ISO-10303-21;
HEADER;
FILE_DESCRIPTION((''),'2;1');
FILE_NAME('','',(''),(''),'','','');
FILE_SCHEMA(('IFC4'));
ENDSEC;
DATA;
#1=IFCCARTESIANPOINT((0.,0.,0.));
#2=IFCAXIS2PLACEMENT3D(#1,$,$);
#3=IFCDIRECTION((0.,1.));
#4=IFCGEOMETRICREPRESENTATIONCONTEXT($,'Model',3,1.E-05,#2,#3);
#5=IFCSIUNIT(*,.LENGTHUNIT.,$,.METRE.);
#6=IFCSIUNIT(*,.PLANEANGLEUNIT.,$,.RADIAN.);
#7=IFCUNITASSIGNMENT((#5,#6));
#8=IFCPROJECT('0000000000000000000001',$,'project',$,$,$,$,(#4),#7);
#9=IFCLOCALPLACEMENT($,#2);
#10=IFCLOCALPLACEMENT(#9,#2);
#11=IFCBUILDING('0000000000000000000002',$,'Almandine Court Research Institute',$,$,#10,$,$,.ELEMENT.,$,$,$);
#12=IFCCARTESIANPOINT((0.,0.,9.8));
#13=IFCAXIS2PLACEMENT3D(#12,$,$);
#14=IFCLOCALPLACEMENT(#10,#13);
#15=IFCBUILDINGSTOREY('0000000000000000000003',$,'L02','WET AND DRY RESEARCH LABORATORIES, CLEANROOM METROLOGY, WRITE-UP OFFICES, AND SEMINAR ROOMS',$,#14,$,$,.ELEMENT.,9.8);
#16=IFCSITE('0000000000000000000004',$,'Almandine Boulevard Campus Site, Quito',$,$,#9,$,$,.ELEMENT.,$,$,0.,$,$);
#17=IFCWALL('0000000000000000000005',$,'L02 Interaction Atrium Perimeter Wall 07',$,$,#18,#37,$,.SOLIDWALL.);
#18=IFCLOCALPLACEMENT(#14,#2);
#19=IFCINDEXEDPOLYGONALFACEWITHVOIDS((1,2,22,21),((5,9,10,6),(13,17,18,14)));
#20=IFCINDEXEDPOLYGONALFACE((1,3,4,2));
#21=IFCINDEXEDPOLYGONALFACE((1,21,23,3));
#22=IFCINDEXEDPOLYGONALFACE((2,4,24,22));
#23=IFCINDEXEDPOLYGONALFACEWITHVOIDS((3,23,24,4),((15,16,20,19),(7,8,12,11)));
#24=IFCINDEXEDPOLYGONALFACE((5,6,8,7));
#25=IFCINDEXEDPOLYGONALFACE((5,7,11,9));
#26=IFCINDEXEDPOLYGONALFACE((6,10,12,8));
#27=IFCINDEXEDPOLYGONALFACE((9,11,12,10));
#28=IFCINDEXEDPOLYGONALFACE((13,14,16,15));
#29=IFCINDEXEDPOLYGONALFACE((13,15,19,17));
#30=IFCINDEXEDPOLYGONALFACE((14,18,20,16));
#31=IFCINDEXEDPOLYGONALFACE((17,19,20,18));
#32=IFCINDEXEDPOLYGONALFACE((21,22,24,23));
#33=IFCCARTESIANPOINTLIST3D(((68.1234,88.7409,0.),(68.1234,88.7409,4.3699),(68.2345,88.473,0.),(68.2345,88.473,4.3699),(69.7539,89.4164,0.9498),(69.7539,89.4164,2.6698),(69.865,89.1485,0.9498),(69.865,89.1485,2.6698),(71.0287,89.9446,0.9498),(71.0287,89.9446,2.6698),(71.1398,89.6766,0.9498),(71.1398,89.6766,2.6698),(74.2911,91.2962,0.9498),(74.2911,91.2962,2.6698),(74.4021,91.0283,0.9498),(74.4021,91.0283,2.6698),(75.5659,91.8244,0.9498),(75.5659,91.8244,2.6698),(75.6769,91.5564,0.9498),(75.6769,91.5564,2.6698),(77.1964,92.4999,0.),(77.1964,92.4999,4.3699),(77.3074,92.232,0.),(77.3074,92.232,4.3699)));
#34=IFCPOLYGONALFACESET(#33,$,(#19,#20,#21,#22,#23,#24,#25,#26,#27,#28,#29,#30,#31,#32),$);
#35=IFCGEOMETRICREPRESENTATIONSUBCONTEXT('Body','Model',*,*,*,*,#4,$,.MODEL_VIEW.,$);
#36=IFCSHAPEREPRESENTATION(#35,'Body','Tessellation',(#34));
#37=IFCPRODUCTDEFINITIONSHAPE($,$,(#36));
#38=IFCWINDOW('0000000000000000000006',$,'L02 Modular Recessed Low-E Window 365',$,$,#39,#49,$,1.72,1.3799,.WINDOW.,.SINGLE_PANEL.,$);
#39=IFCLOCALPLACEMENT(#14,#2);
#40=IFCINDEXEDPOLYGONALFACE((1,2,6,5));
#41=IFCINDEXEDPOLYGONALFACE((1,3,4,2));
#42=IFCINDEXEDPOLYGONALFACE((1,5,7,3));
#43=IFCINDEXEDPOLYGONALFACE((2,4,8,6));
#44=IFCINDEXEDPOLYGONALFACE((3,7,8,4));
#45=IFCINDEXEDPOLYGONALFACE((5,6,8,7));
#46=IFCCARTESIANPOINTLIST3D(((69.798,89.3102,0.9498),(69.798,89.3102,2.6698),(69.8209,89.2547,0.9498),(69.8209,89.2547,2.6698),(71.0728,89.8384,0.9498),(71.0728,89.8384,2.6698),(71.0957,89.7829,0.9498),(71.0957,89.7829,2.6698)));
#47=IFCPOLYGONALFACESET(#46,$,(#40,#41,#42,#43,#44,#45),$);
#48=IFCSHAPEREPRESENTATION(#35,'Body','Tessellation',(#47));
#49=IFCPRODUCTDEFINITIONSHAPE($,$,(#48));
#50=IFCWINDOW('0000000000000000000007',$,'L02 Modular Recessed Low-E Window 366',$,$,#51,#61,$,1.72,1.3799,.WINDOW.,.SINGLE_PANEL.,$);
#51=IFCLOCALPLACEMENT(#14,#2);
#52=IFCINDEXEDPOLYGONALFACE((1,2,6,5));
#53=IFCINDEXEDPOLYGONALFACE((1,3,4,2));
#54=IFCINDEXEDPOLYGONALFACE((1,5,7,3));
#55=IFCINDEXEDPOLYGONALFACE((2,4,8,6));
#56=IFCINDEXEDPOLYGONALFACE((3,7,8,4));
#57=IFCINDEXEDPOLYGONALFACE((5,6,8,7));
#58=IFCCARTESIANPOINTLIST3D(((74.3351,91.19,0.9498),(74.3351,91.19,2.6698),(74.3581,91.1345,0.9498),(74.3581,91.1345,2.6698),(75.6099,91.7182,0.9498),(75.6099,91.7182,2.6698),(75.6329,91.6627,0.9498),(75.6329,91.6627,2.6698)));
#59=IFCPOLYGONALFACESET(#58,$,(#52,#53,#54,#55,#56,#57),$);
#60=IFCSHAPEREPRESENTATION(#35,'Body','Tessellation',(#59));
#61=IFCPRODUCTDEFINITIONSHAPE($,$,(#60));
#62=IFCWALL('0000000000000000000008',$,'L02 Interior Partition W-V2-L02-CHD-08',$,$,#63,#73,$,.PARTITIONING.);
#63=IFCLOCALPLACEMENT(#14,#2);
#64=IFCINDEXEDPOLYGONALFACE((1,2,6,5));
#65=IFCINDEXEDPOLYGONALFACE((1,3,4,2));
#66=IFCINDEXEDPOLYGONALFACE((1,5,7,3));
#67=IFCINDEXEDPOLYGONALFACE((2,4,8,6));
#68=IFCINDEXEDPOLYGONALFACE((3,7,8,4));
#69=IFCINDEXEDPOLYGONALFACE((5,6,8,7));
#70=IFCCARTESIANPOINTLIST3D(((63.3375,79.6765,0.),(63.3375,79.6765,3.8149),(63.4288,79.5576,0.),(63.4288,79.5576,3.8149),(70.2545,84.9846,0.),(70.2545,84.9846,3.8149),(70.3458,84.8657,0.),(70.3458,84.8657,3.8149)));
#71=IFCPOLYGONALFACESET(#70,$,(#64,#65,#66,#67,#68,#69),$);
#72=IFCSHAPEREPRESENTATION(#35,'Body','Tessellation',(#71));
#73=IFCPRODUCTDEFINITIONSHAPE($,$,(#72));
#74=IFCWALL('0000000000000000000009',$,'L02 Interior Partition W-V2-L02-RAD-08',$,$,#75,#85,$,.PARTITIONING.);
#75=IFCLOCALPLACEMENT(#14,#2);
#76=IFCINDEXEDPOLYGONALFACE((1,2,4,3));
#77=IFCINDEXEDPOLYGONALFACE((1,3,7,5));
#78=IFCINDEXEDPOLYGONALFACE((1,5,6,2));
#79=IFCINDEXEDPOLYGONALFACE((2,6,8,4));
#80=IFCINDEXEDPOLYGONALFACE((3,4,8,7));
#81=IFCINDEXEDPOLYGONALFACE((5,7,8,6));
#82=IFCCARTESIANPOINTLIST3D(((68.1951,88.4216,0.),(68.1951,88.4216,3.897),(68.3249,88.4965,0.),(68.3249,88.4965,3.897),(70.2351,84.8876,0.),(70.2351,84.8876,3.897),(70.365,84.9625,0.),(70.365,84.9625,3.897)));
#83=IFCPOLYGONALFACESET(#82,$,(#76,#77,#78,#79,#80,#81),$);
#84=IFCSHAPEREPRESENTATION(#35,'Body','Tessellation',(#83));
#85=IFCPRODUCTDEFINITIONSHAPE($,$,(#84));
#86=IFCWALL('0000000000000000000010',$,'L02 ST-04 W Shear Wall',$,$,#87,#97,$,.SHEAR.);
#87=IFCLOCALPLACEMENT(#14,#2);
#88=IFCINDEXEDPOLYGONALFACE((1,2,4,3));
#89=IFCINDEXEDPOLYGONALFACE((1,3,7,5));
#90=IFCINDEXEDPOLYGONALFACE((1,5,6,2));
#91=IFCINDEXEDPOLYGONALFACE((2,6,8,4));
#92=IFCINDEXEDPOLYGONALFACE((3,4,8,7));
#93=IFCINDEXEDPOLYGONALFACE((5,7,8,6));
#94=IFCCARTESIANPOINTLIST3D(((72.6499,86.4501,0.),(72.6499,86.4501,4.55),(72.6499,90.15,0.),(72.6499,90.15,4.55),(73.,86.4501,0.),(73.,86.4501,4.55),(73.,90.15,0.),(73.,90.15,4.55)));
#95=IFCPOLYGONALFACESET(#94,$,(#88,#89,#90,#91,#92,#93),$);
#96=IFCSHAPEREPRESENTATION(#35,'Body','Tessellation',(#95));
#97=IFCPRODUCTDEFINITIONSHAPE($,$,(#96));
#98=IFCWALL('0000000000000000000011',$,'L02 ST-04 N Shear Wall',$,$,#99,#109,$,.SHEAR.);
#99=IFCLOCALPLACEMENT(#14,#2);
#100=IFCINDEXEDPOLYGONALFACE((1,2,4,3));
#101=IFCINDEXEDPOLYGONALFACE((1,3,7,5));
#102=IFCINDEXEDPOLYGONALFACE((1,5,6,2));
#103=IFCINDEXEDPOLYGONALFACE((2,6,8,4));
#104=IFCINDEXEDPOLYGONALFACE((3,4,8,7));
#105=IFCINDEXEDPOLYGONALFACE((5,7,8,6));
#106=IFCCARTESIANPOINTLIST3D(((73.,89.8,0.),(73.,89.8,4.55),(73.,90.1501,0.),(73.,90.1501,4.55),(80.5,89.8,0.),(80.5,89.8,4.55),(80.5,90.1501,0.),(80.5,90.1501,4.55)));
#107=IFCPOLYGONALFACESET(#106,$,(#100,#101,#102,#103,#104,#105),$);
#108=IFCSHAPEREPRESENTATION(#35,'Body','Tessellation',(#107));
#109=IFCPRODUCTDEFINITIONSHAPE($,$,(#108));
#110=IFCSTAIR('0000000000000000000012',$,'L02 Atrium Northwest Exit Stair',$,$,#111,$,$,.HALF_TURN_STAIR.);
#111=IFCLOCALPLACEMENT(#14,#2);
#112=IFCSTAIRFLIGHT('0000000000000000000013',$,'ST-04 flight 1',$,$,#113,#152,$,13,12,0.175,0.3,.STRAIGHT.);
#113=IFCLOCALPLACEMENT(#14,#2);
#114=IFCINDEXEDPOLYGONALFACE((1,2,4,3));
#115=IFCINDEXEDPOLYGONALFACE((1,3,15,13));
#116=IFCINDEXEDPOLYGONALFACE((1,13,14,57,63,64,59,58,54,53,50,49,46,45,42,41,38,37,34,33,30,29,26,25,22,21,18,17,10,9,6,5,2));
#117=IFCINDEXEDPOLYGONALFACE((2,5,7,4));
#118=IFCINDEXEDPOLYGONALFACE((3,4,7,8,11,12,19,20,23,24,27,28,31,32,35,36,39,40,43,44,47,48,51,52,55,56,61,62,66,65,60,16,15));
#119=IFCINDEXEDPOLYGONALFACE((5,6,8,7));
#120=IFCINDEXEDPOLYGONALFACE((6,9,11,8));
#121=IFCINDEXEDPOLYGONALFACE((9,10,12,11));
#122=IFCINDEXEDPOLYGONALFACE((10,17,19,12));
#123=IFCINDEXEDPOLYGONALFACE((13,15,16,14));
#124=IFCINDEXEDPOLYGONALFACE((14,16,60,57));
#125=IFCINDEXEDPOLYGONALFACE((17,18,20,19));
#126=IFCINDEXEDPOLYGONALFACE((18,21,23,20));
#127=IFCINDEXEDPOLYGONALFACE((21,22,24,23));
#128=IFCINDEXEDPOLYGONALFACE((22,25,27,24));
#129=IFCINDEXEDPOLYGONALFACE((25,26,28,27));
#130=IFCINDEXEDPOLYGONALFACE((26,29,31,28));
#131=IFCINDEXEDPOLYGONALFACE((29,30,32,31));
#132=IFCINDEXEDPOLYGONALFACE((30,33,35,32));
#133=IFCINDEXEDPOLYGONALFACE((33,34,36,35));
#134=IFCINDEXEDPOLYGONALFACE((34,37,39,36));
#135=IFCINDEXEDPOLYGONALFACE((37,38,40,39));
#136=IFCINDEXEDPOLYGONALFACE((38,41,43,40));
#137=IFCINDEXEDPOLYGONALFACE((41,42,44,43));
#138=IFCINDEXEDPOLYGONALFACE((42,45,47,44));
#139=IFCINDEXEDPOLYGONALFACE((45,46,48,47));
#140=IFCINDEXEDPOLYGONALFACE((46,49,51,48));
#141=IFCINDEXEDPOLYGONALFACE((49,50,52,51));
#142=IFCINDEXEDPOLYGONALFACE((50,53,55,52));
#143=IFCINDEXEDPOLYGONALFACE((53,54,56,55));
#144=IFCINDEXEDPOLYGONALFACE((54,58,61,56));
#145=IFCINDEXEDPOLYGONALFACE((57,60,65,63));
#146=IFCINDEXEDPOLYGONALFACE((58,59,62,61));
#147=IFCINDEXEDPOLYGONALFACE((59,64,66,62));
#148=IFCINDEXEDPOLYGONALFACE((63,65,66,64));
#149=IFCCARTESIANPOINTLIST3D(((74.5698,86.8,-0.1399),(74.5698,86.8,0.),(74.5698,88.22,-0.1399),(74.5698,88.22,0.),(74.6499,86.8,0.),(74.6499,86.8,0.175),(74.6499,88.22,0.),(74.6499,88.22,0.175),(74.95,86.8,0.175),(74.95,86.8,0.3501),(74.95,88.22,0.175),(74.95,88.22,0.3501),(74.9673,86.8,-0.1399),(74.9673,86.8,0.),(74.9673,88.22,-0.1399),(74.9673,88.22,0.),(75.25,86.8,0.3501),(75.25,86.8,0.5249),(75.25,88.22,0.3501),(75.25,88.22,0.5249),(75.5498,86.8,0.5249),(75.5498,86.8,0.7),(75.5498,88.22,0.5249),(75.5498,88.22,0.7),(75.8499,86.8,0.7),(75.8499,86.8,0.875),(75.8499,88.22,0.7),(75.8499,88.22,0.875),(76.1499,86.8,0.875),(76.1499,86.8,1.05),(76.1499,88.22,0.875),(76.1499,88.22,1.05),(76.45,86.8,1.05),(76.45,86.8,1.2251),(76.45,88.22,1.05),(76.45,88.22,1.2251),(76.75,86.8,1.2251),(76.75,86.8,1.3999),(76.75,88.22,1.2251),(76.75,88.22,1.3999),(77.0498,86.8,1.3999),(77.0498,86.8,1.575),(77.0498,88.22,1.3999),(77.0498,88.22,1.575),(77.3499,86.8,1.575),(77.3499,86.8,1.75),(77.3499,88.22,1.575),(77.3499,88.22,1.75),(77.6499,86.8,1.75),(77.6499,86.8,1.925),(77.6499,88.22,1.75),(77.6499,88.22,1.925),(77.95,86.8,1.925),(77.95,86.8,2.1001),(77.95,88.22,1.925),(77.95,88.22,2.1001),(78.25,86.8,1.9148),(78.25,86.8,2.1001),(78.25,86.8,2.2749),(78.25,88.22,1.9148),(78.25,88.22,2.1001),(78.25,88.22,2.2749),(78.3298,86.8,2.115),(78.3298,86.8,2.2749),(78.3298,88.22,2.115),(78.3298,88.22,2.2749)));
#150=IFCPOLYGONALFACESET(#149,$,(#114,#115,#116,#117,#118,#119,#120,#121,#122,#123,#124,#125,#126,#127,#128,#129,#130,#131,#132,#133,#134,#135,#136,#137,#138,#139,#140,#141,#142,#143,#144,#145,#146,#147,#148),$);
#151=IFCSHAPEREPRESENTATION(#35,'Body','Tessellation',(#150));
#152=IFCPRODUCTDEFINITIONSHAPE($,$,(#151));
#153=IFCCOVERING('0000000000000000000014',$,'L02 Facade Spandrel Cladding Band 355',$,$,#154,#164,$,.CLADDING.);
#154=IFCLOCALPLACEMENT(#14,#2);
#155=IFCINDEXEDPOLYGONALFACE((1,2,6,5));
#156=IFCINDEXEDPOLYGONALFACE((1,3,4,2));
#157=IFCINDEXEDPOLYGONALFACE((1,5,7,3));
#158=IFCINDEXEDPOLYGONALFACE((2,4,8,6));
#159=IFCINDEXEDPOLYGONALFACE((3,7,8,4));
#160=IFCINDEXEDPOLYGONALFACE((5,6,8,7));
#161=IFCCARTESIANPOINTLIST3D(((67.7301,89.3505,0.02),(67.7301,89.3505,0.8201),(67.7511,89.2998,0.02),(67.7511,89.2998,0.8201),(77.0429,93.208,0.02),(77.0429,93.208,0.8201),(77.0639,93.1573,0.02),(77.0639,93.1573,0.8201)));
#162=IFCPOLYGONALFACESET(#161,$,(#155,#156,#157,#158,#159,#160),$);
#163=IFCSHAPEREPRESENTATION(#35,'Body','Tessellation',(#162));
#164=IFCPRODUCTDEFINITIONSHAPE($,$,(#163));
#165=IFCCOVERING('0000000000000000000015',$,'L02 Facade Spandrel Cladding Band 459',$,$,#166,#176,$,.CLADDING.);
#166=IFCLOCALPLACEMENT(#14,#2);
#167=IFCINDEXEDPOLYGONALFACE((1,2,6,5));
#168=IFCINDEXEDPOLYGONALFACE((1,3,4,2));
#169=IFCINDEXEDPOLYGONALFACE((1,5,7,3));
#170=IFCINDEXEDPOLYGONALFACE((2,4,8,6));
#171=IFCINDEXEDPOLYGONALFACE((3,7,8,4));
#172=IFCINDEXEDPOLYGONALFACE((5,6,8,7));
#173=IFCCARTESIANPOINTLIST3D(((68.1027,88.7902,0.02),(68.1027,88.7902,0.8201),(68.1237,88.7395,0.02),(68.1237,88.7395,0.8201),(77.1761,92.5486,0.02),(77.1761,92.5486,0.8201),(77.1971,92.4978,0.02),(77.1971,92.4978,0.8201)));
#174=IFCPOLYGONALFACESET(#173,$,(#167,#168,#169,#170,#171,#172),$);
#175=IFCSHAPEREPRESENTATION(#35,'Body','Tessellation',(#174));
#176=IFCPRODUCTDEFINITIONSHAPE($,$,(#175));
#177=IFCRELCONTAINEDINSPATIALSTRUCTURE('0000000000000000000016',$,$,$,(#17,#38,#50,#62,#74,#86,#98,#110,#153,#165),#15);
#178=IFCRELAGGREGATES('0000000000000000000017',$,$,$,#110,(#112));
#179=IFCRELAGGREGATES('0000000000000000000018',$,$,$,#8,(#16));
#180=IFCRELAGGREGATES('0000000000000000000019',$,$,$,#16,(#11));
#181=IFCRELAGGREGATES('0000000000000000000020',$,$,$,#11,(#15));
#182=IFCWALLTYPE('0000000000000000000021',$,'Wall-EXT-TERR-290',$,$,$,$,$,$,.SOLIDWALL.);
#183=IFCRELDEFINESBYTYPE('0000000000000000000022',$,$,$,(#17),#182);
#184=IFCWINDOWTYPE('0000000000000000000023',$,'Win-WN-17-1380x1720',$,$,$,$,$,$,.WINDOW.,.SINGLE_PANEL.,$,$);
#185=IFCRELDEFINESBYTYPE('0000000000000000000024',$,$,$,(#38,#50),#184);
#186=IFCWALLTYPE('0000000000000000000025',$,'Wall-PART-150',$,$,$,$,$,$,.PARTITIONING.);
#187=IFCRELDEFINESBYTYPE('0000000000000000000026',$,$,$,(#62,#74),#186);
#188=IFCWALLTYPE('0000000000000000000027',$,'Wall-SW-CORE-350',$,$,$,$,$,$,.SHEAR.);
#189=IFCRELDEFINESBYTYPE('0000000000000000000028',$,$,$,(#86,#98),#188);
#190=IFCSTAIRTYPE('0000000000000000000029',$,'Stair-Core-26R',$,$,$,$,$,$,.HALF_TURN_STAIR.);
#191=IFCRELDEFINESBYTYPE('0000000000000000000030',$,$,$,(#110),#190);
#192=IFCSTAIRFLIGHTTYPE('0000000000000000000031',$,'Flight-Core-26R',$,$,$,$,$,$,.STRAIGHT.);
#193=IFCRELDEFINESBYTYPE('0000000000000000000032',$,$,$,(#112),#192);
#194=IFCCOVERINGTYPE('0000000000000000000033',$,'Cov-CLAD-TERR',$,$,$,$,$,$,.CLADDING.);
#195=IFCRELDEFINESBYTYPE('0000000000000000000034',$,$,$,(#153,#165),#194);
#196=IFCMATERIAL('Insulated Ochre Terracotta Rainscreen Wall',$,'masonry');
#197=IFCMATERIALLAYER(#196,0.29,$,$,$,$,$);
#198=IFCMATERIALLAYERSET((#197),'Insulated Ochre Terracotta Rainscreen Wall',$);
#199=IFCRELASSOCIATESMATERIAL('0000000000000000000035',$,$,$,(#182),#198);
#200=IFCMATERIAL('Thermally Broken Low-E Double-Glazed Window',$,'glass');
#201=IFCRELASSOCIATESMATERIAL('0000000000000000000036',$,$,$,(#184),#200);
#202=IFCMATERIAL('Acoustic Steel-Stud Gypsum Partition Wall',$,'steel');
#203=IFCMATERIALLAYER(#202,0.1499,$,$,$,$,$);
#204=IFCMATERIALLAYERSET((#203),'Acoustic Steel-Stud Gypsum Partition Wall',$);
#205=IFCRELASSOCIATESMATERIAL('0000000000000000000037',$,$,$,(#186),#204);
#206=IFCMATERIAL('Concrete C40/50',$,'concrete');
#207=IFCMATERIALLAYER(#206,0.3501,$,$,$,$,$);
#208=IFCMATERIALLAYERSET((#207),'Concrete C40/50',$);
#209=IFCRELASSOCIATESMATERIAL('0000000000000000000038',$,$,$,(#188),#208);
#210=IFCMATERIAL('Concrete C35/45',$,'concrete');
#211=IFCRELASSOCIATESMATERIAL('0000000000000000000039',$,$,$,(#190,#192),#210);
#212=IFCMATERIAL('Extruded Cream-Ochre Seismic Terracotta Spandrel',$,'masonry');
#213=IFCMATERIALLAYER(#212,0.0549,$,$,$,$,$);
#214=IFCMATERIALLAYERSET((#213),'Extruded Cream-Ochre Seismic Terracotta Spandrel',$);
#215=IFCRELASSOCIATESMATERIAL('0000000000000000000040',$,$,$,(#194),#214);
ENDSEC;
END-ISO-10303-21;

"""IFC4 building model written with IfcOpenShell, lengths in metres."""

from ifc_helpers import new_model, si_unit, direction, frame, frame_2d, origin, origin_2d, place, context, subcontext, project, spatial, polyline, rectangle, outline, extrude, material, layer, layer_set, type_object, element, fill, aggregate, save


model = new_model("IFC4")

# Units and contexts
model_context = context("Model", 3, precision=1e-05, world=origin(), true_north=direction((0.0, 1.0)))
body_context = subcontext(model_context, "Body", "Model", "MODEL_VIEW")
ifc_project = project(units=[si_unit("LENGTHUNIT", "METRE"), si_unit("PLANEANGLEUNIT", "RADIAN")], contexts=[model_context])

# Site, building, storey
site_placement = place(None, origin())
site = spatial("IfcSite", under=ifc_project, at=site_placement, Name="Almandine Boulevard Campus Site, Quito", CompositionType="ELEMENT", RefElevation=0.0)
building_placement = place(site_placement, origin())
building = spatial("IfcBuilding", under=site, at=building_placement, Name="Almandine Court Research Institute", CompositionType="ELEMENT")
storey_placement = place(building_placement, frame((0.0, 0.0, 9.8)))
storey = spatial("IfcBuildingStorey", under=building, at=storey_placement, Name="L02", Description="WET AND DRY RESEARCH LABORATORIES, CLEANROOM METROLOGY, WRITE-UP OFFICES, AND SEMINAR ROOMS", CompositionType="ELEMENT", Elevation=9.8)

# Shared definitions
ifc_material_1 = material(Name="Insulated Ochre Terracotta Rainscreen Wall", Category="masonry")
ifc_layer_1 = layer(ifc_material_1, 0.29)
ifc_layer_set_1 = layer_set([ifc_layer_1], Name="Insulated Ochre Terracotta Rainscreen Wall")
wall_type_1 = type_object("IfcWallType", Name="Wall-EXT-TERR-290", PredefinedType="SOLIDWALL", material=ifc_layer_set_1)
ifc_material_2 = material(Name="Thermally Broken Low-E Double-Glazed Window", Category="glass")

# Wall, openings, windows
wall_1_placement = place(storey_placement, frame((68.179, 88.6069, 0.0), z_axis=(0.0, 0.0, 1.0), x_axis=(0.923848, 0.382759, 0.0)))
wall_1 = element("IfcWall", 1, at=wall_1_placement, inside=storey, type_object=wall_type_1, Name="L02 Interaction Atrium Perimeter Wall 07", PredefinedType="SOLIDWALL", context=body_context, shape_type="SweptSolid", body=[
    extrude(rectangle(XDim=9.8208, YDim=0.29, at=frame_2d((4.9104, 0.0))), origin(), (0.0, 0.0, 1.0), 4.3699),
])
opening_1_placement = place(wall_1_placement, frame((1.7649, 0.0, 0.95)))
opening_1 = element("IfcOpeningElement", 2, at=opening_1_placement, cuts=wall_1, PredefinedType="OPENING", context=body_context, shape_type="SweptSolid", body=[
    extrude(rectangle(XDim=1.3799, YDim=1.72, at=frame_2d((0.6899, 0.8599))), frame((0.0, 0.155, 0.0), z_axis=(0.0, -1.0, 0.0), x_axis=(1.0, 0.0, 0.0)), (0.0, 0.0, 1.0), 0.3101),
])
opening_2_placement = place(wall_1_placement, frame((6.676, 0.0, 0.95)))
opening_2 = element("IfcOpeningElement", 3, at=opening_2_placement, cuts=wall_1, PredefinedType="OPENING", context=body_context, shape_type="SweptSolid", body=[
    extrude(rectangle(XDim=1.3799, YDim=1.72, at=frame_2d((0.6899, 0.8599))), frame((0.0, 0.155, 0.0), z_axis=(0.0, -1.0, 0.0), x_axis=(1.0, 0.0, 0.0)), (0.0, 0.0, 1.0), 0.3101),
])
window_type_1 = type_object("IfcWindowType", Name="Win-WN-17-1380x1720", PartitioningType="SINGLE_PANEL", PredefinedType="WINDOW", material=ifc_material_2)
window_1_placement = place(opening_1_placement, origin())
window_1 = element("IfcWindow", 4, at=window_1_placement, inside=storey, type_object=window_type_1, Name="L02 Modular Recessed Low-E Window 365", OverallHeight=1.72, OverallWidth=1.3799, PartitioningType="SINGLE_PANEL", PredefinedType="WINDOW", context=body_context, shape_type="SweptSolid", body=[
    extrude(rectangle(XDim=1.3799, YDim=1.72, at=frame_2d((0.6899, 0.8599))), frame((0.0, 0.03, 0.0), z_axis=(0.0, -1.0, 0.0), x_axis=(1.0, 0.0, 0.0)), (0.0, 0.0, 1.0), 0.0601),
])
fill(opening_1, window_1)
window_2_placement = place(opening_2_placement, origin())
window_2 = element("IfcWindow", 5, at=window_2_placement, inside=storey, type_object=window_type_1, Name="L02 Modular Recessed Low-E Window 366", OverallHeight=1.72, OverallWidth=1.3799, PartitioningType="SINGLE_PANEL", PredefinedType="WINDOW", context=body_context, shape_type="SweptSolid", body=[
    extrude(rectangle(XDim=1.3799, YDim=1.72, at=frame_2d((0.6899, 0.8599))), frame((0.0, 0.03, 0.0), z_axis=(0.0, -1.0, 0.0), x_axis=(1.0, 0.0, 0.0)), (0.0, 0.0, 1.0), 0.0601),
])
fill(opening_2, window_2)

# Walls
ifc_material_3 = material(Name="Acoustic Steel-Stud Gypsum Partition Wall", Category="steel")
ifc_layer_2 = layer(ifc_material_3, 0.1499)
ifc_layer_set_2 = layer_set([ifc_layer_2], Name="Acoustic Steel-Stud Gypsum Partition Wall")
wall_type_2 = type_object("IfcWallType", Name="Wall-PART-150", PredefinedType="PARTITIONING", material=ifc_layer_set_2)
wall_2_placement = place(storey_placement, frame((70.3, 84.925, 0.0), z_axis=(0.0, 0.0, 1.0), x_axis=(-0.793325, -0.608798, 0.0)))
element("IfcWall", 6, at=wall_2_placement, inside=storey, type_object=wall_type_2, Name="L02 Interior Partition W-V2-L02-CHD-08", PredefinedType="PARTITIONING", context=body_context, shape_type="SweptSolid", body=[
    extrude(rectangle(XDim=8.719, YDim=0.1499, at=frame_2d((4.3594, 0.0))), origin(), (0.0, 0.0, 1.0), 3.8149),
])
wall_3_placement = place(storey_placement, frame((70.3, 84.925, 0.0), z_axis=(0.0, 0.0, 1.0), x_axis=(-0.499949, 0.866055, 0.0)))
element("IfcWall", 7, at=wall_3_placement, inside=storey, type_object=wall_type_2, Name="L02 Interior Partition W-V2-L02-RAD-08", PredefinedType="PARTITIONING", context=body_context, shape_type="SweptSolid", body=[
    extrude(rectangle(XDim=4.0806, YDim=0.1499, at=frame_2d((2.0403, 0.0))), origin(), (0.0, 0.0, 1.0), 3.897),
])
ifc_material_4 = material(Name="Concrete C40/50", Category="concrete")
ifc_layer_3 = layer(ifc_material_4, 0.3501)
ifc_layer_set_3 = layer_set([ifc_layer_3], Name="Concrete C40/50")
wall_type_3 = type_object("IfcWallType", Name="Wall-SW-CORE-350", PredefinedType="SHEAR", material=ifc_layer_set_3)
wall_4_placement = place(storey_placement, frame((72.825, 86.45, 0.0), z_axis=(0.0, 0.0, 1.0), x_axis=(0.0, 1.0, 0.0)))
element("IfcWall", 8, at=wall_4_placement, inside=storey, type_object=wall_type_3, Name="L02 ST-04 W Shear Wall", PredefinedType="SHEAR", context=body_context, shape_type="SweptSolid", body=[
    extrude(rectangle(XDim=3.7, YDim=0.3501, at=frame_2d((1.8501, 0.0))), origin(), (0.0, 0.0, 1.0), 4.55),
])
wall_5_placement = place(storey_placement, frame((73.0, 89.9751, 0.0), z_axis=(0.0, 0.0, 1.0), x_axis=(1.0, 0.0, 0.0)))
element("IfcWall", 9, at=wall_5_placement, inside=storey, type_object=wall_type_3, Name="L02 ST-04 N Shear Wall", PredefinedType="SHEAR", context=body_context, shape_type="SweptSolid", body=[
    extrude(rectangle(XDim=7.5, YDim=0.3501, at=frame_2d((3.75, 0.0))), origin(), (0.0, 0.0, 1.0), 4.55),
])

# Stair, stair flight
ifc_material_5 = material(Name="Concrete C35/45", Category="concrete")
stair_type = type_object("IfcStairType", Name="Stair-Core-26R", PredefinedType="HALF_TURN_STAIR", material=ifc_material_5)
stair_placement = place(storey_placement, origin())
stair = element("IfcStair", 10, at=stair_placement, inside=storey, type_object=stair_type, Name="L02 Atrium Northwest Exit Stair", PredefinedType="HALF_TURN_STAIR")
stair_flight_type = type_object("IfcStairFlightType", Name="Flight-Core-26R", PredefinedType="STRAIGHT", material=ifc_material_5)
stair_flight_placement = place(storey_placement, frame((74.6499, 87.51, 0.0), z_axis=(0.0, 0.0, 1.0), x_axis=(1.0, 0.0, 0.0)))
stair_flight = element("IfcStairFlight", 11, at=stair_flight_placement, type_object=stair_flight_type, Name="ST-04 flight 1", NumberOfRisers=13, NumberOfTreads=12, PredefinedType="STRAIGHT", RiserHeight=0.175, TreadLength=0.3, context=body_context, shape_type="SweptSolid", body=[
    extrude(outline(polyline([(-0.0801, -0.1399), (-0.0801, 0.0), (0.0, 0.0), (0.0, 0.175), (0.3, 0.175), (0.3, 0.3501), (0.6001, 0.3501), (0.6001, 0.5249), (0.8999, 0.5249), (0.8999, 0.7), (1.2, 0.7), (1.2, 0.875), (1.5, 0.875), (1.5, 1.05), (1.8, 1.05), (1.8, 1.2251), (2.1001, 1.2251), (2.1001, 1.3999), (2.3999, 1.3999), (2.3999, 1.575), (2.7, 1.575), (2.7, 1.75), (3.0, 1.75), (3.0, 1.925), (3.3, 1.925), (3.3, 2.1001), (3.6001, 2.1001), (3.6001, 2.2749), (3.6799, 2.2749), (3.6799, 2.115), (3.6001, 1.9148), (0.3174, 0.0), (0.3174, -0.1399), (-0.0801, -0.1399)])), frame((0.0, 0.71, 0.0), z_axis=(0.0, -1.0, 0.0), x_axis=(1.0, 0.0, 0.0)), (0.0, 0.0, 1.0), 1.4199),
])
aggregate(stair, [stair_flight])

# Coverings
ifc_material_6 = material(Name="Extruded Cream-Ochre Seismic Terracotta Spandrel", Category="masonry")
ifc_layer_4 = layer(ifc_material_6, 0.0549)
ifc_layer_set_4 = layer_set([ifc_layer_4], Name="Extruded Cream-Ochre Seismic Terracotta Spandrel")
covering_type = type_object("IfcCoveringType", Name="Cov-CLAD-TERR", PredefinedType="CLADDING", material=ifc_layer_set_4)
covering_1_placement = place(storey_placement, frame((72.397, 91.2539, 0.02), z_axis=(0.0, 0.0, 1.0), x_axis=(-0.92388, -0.382683, 0.0)))
element("IfcCovering", 12, at=covering_1_placement, inside=storey, type_object=covering_type, Name="L02 Facade Spandrel Cladding Band 355", PredefinedType="CLADDING", context=body_context, shape_type="SweptSolid", body=[
    extrude(rectangle(XDim=10.0801, YDim=0.0549, at=origin_2d()), origin(), (0.0, 0.0, 1.0), 0.8),
])
covering_2_placement = place(storey_placement, frame((72.6499, 90.644, 0.02), z_axis=(0.0, 0.0, 1.0), x_axis=(0.92388, 0.382683, 0.0)))
element("IfcCovering", 13, at=covering_2_placement, inside=storey, type_object=covering_type, Name="L02 Facade Spandrel Cladding Band 459", PredefinedType="CLADDING", context=body_context, shape_type="SweptSolid", body=[
    extrude(rectangle(XDim=9.821, YDim=0.0549, at=origin_2d()), origin(), (0.0, 0.0, 1.0), 0.8),
])

save(model, "model.ifc")
